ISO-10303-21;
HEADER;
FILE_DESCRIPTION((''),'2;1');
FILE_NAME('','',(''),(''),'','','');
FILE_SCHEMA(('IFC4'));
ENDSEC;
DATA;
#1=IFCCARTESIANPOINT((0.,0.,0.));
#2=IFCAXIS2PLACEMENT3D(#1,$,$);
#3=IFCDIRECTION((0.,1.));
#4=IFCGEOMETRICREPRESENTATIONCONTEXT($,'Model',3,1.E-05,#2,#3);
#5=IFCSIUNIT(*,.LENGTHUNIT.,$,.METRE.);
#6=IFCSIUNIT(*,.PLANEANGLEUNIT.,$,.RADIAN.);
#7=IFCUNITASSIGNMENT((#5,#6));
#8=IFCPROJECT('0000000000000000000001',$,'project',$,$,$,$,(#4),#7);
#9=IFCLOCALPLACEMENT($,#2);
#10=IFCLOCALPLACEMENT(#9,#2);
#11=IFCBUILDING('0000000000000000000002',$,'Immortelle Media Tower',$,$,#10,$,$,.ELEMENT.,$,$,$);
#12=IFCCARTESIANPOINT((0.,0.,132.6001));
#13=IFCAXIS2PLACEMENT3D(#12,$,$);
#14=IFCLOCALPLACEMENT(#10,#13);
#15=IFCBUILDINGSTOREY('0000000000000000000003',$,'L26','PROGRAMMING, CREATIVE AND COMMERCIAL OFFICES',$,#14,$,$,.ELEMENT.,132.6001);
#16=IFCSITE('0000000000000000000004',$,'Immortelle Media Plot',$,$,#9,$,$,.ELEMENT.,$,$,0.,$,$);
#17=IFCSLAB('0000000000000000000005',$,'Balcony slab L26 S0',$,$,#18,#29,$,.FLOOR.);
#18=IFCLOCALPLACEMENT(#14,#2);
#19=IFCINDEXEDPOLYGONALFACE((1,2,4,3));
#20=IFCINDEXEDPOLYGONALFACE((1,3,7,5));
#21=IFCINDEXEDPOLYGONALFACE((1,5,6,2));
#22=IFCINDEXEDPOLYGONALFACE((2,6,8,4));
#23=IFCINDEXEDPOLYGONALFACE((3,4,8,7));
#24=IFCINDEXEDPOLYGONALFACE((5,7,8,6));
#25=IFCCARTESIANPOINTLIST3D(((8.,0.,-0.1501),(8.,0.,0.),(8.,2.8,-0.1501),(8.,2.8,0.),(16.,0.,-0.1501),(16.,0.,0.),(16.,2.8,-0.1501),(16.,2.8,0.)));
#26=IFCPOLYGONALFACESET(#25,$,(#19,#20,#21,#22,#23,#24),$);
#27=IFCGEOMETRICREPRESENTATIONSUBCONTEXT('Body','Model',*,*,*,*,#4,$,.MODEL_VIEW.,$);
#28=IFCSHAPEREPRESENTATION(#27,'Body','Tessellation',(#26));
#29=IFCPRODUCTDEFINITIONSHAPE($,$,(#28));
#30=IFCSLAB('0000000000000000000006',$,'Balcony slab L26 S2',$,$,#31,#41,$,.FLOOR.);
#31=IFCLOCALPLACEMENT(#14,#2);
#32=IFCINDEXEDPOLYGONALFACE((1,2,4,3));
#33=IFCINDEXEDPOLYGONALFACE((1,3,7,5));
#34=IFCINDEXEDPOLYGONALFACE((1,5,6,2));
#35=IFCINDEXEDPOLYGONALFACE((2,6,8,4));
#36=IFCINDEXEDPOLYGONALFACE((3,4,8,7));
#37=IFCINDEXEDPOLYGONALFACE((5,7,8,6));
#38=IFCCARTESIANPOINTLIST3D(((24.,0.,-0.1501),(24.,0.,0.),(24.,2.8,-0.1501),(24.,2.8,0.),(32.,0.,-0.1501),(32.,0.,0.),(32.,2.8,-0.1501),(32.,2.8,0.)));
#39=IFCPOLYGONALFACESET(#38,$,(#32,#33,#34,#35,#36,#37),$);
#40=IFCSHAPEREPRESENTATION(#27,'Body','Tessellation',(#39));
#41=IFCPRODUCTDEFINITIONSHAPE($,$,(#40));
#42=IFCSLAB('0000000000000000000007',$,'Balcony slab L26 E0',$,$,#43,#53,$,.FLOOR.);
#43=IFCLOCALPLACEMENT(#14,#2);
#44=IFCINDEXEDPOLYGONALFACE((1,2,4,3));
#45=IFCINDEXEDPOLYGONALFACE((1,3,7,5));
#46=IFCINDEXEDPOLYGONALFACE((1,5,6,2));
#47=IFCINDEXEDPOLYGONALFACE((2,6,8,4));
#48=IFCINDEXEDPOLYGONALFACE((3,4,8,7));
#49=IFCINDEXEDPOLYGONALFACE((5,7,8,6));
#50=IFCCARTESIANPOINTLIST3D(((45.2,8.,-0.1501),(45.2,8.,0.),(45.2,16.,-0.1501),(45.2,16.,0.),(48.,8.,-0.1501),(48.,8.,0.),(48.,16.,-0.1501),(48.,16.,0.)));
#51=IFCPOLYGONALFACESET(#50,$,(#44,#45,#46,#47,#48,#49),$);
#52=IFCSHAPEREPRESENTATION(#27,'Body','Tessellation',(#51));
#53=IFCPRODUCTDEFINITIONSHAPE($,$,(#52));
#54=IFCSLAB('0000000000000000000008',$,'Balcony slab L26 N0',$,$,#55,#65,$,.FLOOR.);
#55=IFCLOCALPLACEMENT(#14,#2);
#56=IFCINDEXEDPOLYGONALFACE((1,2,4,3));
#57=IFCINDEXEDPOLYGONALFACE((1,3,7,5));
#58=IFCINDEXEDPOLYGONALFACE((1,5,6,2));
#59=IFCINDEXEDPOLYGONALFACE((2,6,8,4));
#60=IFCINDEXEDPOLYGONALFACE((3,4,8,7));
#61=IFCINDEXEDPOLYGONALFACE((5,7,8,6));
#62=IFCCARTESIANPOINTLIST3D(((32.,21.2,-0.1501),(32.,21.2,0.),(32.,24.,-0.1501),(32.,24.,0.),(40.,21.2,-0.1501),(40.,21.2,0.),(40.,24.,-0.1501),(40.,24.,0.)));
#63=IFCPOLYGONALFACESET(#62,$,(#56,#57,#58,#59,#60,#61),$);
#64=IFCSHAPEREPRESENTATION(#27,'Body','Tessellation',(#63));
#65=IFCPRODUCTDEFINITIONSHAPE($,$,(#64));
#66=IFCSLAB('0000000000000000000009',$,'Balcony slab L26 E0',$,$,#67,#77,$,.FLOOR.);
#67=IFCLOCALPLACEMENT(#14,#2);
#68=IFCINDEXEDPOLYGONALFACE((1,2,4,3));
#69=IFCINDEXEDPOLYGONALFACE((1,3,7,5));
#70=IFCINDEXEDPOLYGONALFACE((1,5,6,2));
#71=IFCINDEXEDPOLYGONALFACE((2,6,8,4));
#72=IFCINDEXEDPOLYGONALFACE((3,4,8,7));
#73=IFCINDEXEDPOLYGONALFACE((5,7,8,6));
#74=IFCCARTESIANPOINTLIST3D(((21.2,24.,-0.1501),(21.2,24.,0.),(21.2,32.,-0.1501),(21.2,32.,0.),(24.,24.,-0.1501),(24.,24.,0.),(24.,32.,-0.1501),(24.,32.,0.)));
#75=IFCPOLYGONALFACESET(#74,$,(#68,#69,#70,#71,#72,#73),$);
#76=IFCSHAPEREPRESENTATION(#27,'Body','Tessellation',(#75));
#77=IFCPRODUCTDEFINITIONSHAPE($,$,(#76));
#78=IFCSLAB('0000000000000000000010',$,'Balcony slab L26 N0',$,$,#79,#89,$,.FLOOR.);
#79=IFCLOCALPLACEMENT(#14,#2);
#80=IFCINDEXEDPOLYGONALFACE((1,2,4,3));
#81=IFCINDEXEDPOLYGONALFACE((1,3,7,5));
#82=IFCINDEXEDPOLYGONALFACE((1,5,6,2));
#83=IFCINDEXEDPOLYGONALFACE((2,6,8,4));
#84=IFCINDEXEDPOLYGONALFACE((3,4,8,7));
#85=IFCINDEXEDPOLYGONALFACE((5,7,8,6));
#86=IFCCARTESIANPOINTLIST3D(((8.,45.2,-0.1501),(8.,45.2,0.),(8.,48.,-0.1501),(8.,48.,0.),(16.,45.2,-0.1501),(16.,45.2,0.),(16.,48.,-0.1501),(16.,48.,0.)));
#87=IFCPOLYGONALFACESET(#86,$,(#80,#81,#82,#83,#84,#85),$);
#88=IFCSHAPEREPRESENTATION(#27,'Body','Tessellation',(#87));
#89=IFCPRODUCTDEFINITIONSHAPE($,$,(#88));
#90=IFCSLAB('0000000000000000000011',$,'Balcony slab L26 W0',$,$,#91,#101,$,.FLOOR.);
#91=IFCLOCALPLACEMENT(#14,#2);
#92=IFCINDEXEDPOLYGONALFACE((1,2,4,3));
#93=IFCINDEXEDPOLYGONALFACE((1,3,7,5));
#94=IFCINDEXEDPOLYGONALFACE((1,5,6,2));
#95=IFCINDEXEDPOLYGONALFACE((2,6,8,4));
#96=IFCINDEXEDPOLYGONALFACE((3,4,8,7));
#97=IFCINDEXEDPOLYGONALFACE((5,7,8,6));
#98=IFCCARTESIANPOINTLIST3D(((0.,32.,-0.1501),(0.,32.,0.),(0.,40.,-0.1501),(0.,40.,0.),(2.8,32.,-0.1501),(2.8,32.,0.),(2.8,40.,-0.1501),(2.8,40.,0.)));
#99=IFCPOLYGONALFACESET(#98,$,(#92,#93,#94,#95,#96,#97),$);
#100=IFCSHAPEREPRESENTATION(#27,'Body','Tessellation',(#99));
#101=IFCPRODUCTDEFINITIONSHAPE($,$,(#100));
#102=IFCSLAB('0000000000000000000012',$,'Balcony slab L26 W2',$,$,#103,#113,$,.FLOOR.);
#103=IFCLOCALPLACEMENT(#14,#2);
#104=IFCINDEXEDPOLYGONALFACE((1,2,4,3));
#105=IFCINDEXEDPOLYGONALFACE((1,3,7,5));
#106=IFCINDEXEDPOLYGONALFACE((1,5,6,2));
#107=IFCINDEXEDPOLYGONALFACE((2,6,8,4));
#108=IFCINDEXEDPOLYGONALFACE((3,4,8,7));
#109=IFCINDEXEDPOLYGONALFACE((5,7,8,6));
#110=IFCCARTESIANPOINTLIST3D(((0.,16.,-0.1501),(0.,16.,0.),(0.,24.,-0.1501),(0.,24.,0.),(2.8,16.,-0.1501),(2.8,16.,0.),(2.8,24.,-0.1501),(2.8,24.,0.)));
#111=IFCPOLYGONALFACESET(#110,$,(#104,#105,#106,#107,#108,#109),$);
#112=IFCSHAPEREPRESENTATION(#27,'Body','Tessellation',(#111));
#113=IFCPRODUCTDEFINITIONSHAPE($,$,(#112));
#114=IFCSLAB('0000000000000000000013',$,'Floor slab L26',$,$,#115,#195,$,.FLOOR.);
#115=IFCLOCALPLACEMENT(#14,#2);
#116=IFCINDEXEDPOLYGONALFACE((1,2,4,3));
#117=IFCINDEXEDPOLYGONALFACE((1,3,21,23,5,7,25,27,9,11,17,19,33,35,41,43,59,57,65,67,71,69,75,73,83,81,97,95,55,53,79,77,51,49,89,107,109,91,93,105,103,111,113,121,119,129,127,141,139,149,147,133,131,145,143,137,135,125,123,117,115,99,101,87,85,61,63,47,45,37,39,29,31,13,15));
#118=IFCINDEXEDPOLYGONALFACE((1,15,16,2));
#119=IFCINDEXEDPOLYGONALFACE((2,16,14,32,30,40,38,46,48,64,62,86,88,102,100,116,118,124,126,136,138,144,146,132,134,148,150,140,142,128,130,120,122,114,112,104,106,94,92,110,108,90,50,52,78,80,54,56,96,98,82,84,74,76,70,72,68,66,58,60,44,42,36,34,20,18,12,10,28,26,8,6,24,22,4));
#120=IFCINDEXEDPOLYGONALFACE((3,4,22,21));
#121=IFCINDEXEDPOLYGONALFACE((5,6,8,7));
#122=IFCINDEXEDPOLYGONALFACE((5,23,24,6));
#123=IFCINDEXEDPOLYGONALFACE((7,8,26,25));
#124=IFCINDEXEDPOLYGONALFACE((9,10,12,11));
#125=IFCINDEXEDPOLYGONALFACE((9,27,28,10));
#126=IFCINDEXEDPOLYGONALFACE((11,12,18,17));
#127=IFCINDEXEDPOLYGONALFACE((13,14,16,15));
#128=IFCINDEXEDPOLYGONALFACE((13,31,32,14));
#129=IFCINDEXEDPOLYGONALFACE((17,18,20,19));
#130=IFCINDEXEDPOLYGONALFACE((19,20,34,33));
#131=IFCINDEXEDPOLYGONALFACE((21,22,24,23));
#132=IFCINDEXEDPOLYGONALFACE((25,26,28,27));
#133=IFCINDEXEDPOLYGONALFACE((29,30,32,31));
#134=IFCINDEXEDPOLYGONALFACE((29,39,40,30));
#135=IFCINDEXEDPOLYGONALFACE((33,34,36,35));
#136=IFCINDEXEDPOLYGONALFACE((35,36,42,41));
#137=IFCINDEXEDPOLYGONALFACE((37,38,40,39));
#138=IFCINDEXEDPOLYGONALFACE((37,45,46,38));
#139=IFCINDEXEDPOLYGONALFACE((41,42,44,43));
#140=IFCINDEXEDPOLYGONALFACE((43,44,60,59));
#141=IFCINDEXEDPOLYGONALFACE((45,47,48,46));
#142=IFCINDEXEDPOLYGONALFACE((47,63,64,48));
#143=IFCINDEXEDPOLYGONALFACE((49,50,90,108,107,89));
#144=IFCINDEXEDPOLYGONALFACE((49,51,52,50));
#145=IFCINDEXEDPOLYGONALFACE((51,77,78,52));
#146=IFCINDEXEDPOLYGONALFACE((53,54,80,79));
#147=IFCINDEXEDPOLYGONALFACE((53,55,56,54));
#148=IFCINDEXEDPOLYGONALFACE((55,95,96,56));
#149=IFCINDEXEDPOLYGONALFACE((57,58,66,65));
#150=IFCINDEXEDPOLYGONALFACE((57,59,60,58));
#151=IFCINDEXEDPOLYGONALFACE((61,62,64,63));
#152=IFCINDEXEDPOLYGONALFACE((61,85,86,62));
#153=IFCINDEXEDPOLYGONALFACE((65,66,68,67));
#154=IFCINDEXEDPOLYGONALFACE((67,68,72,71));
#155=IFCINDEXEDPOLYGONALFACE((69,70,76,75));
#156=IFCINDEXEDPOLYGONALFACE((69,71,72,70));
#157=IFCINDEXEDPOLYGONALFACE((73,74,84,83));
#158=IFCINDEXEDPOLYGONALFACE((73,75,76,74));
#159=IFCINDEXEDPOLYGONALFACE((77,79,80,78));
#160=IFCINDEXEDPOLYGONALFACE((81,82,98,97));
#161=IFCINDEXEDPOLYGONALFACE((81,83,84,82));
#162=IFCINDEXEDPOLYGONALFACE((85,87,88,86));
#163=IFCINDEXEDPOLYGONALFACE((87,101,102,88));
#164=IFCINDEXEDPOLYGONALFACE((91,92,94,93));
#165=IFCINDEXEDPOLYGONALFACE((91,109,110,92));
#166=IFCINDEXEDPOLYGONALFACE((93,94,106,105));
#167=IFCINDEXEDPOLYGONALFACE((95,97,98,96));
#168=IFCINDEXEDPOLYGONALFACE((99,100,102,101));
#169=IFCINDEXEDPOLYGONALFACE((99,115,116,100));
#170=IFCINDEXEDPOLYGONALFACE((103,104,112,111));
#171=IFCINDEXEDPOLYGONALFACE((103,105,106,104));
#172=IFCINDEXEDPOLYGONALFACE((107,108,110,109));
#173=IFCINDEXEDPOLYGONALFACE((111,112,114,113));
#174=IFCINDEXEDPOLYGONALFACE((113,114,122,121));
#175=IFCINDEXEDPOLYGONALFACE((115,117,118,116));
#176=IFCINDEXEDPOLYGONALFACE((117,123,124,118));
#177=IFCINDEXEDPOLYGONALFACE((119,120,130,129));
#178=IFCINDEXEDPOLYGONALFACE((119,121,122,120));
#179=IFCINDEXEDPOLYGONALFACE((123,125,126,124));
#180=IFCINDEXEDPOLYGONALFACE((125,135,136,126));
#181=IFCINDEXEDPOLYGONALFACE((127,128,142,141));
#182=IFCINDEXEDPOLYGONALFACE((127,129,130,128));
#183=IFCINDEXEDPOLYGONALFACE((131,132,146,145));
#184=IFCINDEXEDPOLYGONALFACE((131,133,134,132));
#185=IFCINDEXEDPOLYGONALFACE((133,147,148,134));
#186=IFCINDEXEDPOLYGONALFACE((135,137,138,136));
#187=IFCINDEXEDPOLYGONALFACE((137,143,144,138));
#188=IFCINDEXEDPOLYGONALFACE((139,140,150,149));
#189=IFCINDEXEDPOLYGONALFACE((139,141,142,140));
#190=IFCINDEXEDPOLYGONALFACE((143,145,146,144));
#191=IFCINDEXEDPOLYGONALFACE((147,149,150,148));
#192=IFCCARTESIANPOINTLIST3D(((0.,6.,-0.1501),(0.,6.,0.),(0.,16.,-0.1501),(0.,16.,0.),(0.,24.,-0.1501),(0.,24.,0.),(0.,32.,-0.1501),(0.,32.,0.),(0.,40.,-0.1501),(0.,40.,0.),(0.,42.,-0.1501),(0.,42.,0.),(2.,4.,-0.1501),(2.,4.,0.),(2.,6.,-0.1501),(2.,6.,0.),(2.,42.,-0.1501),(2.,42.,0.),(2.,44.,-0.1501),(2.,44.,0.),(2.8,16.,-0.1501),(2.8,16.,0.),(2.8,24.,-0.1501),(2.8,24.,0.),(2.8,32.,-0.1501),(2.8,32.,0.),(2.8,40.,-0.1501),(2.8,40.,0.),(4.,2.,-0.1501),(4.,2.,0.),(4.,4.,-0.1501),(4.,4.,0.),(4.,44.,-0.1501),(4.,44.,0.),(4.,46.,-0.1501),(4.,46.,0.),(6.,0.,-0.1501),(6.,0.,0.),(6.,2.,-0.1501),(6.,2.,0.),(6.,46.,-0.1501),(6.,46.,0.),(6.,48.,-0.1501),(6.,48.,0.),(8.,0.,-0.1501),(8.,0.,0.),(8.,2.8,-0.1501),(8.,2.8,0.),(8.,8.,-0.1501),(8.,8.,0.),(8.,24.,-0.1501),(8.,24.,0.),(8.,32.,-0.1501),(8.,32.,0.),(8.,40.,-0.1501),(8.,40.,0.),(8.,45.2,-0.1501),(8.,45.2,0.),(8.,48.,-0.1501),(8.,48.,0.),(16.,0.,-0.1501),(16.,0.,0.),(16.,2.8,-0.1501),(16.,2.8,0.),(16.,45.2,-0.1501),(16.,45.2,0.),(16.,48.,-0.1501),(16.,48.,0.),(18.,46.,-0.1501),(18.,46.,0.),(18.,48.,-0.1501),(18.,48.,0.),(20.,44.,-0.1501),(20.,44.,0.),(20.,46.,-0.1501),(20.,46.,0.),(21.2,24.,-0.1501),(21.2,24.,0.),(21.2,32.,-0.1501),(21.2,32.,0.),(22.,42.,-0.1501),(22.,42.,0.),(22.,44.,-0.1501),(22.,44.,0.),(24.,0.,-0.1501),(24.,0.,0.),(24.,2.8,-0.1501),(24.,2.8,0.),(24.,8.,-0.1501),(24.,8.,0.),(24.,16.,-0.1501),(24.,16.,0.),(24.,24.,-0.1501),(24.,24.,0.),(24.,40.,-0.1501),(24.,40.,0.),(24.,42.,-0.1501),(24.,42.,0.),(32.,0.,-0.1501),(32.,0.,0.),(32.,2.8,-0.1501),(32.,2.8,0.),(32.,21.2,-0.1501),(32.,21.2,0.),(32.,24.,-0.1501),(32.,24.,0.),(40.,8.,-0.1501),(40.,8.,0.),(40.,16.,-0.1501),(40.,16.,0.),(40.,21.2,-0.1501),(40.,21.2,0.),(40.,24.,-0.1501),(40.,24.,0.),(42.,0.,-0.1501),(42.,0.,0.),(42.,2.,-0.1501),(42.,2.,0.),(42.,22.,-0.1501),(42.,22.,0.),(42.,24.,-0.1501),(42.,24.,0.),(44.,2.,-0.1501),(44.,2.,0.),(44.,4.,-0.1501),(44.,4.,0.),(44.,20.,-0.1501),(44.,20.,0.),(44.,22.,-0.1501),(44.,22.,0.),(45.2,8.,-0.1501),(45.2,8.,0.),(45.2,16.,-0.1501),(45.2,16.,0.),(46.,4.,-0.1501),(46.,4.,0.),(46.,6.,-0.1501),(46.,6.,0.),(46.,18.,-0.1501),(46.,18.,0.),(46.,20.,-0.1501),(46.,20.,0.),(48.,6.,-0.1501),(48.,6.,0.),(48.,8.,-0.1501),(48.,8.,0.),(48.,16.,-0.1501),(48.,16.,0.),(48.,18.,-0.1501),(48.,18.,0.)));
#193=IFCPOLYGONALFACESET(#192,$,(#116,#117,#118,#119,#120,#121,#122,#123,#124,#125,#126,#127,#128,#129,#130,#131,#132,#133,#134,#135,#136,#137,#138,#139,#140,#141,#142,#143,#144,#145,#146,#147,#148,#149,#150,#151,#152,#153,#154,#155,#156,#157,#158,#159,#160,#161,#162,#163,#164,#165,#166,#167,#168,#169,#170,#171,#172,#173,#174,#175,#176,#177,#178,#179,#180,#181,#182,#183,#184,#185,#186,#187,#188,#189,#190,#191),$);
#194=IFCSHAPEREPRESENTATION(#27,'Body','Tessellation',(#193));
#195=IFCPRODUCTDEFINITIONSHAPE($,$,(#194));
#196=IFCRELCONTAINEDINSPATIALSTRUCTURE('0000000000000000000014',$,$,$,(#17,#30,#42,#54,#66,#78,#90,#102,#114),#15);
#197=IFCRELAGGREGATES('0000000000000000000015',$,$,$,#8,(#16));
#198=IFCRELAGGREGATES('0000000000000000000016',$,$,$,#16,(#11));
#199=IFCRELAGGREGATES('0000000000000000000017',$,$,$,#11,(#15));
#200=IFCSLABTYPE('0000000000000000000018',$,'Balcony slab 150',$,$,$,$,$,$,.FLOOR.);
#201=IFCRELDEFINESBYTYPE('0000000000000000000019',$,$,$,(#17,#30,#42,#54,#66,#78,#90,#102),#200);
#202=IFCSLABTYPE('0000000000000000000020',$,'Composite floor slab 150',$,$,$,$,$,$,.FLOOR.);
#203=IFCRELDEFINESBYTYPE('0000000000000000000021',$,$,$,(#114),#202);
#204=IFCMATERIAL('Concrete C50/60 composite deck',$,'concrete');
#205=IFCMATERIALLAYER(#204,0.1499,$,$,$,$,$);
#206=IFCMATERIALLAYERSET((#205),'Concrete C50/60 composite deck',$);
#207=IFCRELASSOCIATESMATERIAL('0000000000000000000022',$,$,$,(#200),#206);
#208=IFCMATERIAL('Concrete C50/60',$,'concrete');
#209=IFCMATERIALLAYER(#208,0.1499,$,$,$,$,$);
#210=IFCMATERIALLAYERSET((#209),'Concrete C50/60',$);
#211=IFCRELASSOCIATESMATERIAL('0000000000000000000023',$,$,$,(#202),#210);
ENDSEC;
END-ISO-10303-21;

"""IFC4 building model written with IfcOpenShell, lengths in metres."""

from ifc_helpers import new_model, si_unit, direction, frame, origin, place, context, subcontext, project, spatial, polyline, outline, extrude, material, layer, layer_set, type_object, element, save


model = new_model("IFC4")

# Units and contexts
model_context = context("Model", 3, precision=1e-05, world=origin(), true_north=direction((0.0, 1.0)))
body_context = subcontext(model_context, "Body", "Model", "MODEL_VIEW")
ifc_project = project(units=[si_unit("LENGTHUNIT", "METRE"), si_unit("PLANEANGLEUNIT", "RADIAN")], contexts=[model_context])

# Site, building, storey
site_placement = place(None, origin())
site = spatial("IfcSite", under=ifc_project, at=site_placement, Name="Immortelle Media Plot", CompositionType="ELEMENT", RefElevation=0.0)
building_placement = place(site_placement, origin())
building = spatial("IfcBuilding", under=site, at=building_placement, Name="Immortelle Media Tower", CompositionType="ELEMENT")
storey_placement = place(building_placement, frame((0.0, 0.0, 132.6001)))
storey = spatial("IfcBuildingStorey", under=building, at=storey_placement, Name="L26", Description="PROGRAMMING, CREATIVE AND COMMERCIAL OFFICES", CompositionType="ELEMENT", Elevation=132.6001)

# Slabs
ifc_material_1 = material(Name="Concrete C50/60 composite deck", Category="concrete")
ifc_layer_1 = layer(ifc_material_1, 0.1499)
ifc_layer_set_1 = layer_set([ifc_layer_1], Name="Concrete C50/60 composite deck")
slab_type_1 = type_object("IfcSlabType", Name="Balcony slab 150", PredefinedType="FLOOR", material=ifc_layer_set_1)
slab_1_placement = place(storey_placement, frame((0.0, 0.0, -0.1501)))
element("IfcSlab", 1, at=slab_1_placement, inside=storey, type_object=slab_type_1, Name="Balcony slab L26 S0", PredefinedType="FLOOR", context=body_context, shape_type="SweptSolid", body=[
    extrude(outline(polyline([(16.0, 0.0), (16.0, 2.8), (8.0, 2.8), (8.0, 0.0), (16.0, 0.0)])), origin(), (0.0, 0.0, 1.0), 0.1501),
])
slab_2_placement = place(storey_placement, frame((0.0, 0.0, -0.1501)))
element("IfcSlab", 2, at=slab_2_placement, inside=storey, type_object=slab_type_1, Name="Balcony slab L26 S2", PredefinedType="FLOOR", context=body_context, shape_type="SweptSolid", body=[
    extrude(outline(polyline([(32.0, 0.0), (32.0, 2.8), (24.0, 2.8), (24.0, 0.0), (32.0, 0.0)])), origin(), (0.0, 0.0, 1.0), 0.1501),
])
slab_3_placement = place(storey_placement, frame((0.0, 0.0, -0.1501)))
element("IfcSlab", 3, at=slab_3_placement, inside=storey, type_object=slab_type_1, Name="Balcony slab L26 E0", PredefinedType="FLOOR", context=body_context, shape_type="SweptSolid", body=[
    extrude(outline(polyline([(48.0, 8.0), (48.0, 16.0), (45.2, 16.0), (45.2, 8.0), (48.0, 8.0)])), origin(), (0.0, 0.0, 1.0), 0.1501),
])
slab_4_placement = place(storey_placement, frame((0.0, 0.0, -0.1501)))
element("IfcSlab", 4, at=slab_4_placement, inside=storey, type_object=slab_type_1, Name="Balcony slab L26 N0", PredefinedType="FLOOR", context=body_context, shape_type="SweptSolid", body=[
    extrude(outline(polyline([(40.0, 21.2), (40.0, 24.0), (32.0, 24.0), (32.0, 21.2), (40.0, 21.2)])), origin(), (0.0, 0.0, 1.0), 0.1501),
])
slab_5_placement = place(storey_placement, frame((0.0, 0.0, -0.1501)))
element("IfcSlab", 5, at=slab_5_placement, inside=storey, type_object=slab_type_1, Name="Balcony slab L26 E0", PredefinedType="FLOOR", context=body_context, shape_type="SweptSolid", body=[
    extrude(outline(polyline([(24.0, 24.0), (24.0, 32.0), (21.2, 32.0), (21.2, 24.0), (24.0, 24.0)])), origin(), (0.0, 0.0, 1.0), 0.1501),
])
slab_6_placement = place(storey_placement, frame((0.0, 0.0, -0.1501)))
element("IfcSlab", 6, at=slab_6_placement, inside=storey, type_object=slab_type_1, Name="Balcony slab L26 N0", PredefinedType="FLOOR", context=body_context, shape_type="SweptSolid", body=[
    extrude(outline(polyline([(16.0, 45.2), (16.0, 48.0), (8.0, 48.0), (8.0, 45.2), (16.0, 45.2)])), origin(), (0.0, 0.0, 1.0), 0.1501),
])
slab_7_placement = place(storey_placement, frame((0.0, 0.0, -0.1501)))
element("IfcSlab", 7, at=slab_7_placement, inside=storey, type_object=slab_type_1, Name="Balcony slab L26 W0", PredefinedType="FLOOR", context=body_context, shape_type="SweptSolid", body=[
    extrude(outline(polyline([(2.8, 32.0), (2.8, 40.0), (0.0, 40.0), (0.0, 32.0), (2.8, 32.0)])), origin(), (0.0, 0.0, 1.0), 0.1501),
])
slab_8_placement = place(storey_placement, frame((0.0, 0.0, -0.1501)))
element("IfcSlab", 8, at=slab_8_placement, inside=storey, type_object=slab_type_1, Name="Balcony slab L26 W2", PredefinedType="FLOOR", context=body_context, shape_type="SweptSolid", body=[
    extrude(outline(polyline([(2.8, 16.0), (2.8, 24.0), (0.0, 24.0), (0.0, 16.0), (2.8, 16.0)])), origin(), (0.0, 0.0, 1.0), 0.1501),
])
ifc_material_2 = material(Name="Concrete C50/60", Category="concrete")
ifc_layer_2 = layer(ifc_material_2, 0.1499)
ifc_layer_set_2 = layer_set([ifc_layer_2], Name="Concrete C50/60")
slab_type_2 = type_object("IfcSlabType", Name="Composite floor slab 150", PredefinedType="FLOOR", material=ifc_layer_set_2)
slab_9_placement = place(storey_placement, frame((0.0, 0.0, -0.1501)))
element("IfcSlab", 9, at=slab_9_placement, inside=storey, type_object=slab_type_2, Name="Floor slab L26", PredefinedType="FLOOR", context=body_context, shape_type="SweptSolid", body=[
    extrude(outline(polyline([(6.0, 0.0), (6.0, 2.0), (4.0, 2.0), (4.0, 4.0), (2.0, 4.0), (2.0, 6.0), (0.0, 6.0), (0.0, 16.0), (2.8, 16.0), (2.8, 24.0), (0.0, 24.0), (0.0, 32.0), (2.8, 32.0), (2.8, 40.0), (0.0, 40.0), (0.0, 42.0), (2.0, 42.0), (2.0, 44.0), (4.0, 44.0), (4.0, 46.0), (6.0, 46.0), (6.0, 48.0), (8.0, 48.0), (8.0, 45.2), (16.0, 45.2), (16.0, 48.0), (18.0, 48.0), (18.0, 46.0), (20.0, 46.0), (20.0, 44.0), (22.0, 44.0), (22.0, 42.0), (24.0, 42.0), (24.0, 40.0), (8.0, 40.0), (8.0, 32.0), (21.2, 32.0), (21.2, 24.0), (8.0, 24.0), (8.0, 8.0), (24.0, 8.0), (40.0, 8.0), (40.0, 16.0), (24.0, 16.0), (24.0, 24.0), (32.0, 24.0), (32.0, 21.2), (40.0, 21.2), (40.0, 24.0), (42.0, 24.0), (42.0, 22.0), (44.0, 22.0), (44.0, 20.0), (46.0, 20.0), (46.0, 18.0), (48.0, 18.0), (48.0, 16.0), (45.2, 16.0), (45.2, 8.0), (48.0, 8.0), (48.0, 6.0), (46.0, 6.0), (46.0, 4.0), (44.0, 4.0), (44.0, 2.0), (42.0, 2.0), (42.0, 0.0), (32.0, 0.0), (32.0, 2.8), (24.0, 2.8), (24.0, 0.0), (16.0, 0.0), (16.0, 2.8), (8.0, 2.8), (8.0, 0.0), (6.0, 0.0)])), origin(), (0.0, 0.0, 1.0), 0.1501),
])

save(model, "model.ifc")
